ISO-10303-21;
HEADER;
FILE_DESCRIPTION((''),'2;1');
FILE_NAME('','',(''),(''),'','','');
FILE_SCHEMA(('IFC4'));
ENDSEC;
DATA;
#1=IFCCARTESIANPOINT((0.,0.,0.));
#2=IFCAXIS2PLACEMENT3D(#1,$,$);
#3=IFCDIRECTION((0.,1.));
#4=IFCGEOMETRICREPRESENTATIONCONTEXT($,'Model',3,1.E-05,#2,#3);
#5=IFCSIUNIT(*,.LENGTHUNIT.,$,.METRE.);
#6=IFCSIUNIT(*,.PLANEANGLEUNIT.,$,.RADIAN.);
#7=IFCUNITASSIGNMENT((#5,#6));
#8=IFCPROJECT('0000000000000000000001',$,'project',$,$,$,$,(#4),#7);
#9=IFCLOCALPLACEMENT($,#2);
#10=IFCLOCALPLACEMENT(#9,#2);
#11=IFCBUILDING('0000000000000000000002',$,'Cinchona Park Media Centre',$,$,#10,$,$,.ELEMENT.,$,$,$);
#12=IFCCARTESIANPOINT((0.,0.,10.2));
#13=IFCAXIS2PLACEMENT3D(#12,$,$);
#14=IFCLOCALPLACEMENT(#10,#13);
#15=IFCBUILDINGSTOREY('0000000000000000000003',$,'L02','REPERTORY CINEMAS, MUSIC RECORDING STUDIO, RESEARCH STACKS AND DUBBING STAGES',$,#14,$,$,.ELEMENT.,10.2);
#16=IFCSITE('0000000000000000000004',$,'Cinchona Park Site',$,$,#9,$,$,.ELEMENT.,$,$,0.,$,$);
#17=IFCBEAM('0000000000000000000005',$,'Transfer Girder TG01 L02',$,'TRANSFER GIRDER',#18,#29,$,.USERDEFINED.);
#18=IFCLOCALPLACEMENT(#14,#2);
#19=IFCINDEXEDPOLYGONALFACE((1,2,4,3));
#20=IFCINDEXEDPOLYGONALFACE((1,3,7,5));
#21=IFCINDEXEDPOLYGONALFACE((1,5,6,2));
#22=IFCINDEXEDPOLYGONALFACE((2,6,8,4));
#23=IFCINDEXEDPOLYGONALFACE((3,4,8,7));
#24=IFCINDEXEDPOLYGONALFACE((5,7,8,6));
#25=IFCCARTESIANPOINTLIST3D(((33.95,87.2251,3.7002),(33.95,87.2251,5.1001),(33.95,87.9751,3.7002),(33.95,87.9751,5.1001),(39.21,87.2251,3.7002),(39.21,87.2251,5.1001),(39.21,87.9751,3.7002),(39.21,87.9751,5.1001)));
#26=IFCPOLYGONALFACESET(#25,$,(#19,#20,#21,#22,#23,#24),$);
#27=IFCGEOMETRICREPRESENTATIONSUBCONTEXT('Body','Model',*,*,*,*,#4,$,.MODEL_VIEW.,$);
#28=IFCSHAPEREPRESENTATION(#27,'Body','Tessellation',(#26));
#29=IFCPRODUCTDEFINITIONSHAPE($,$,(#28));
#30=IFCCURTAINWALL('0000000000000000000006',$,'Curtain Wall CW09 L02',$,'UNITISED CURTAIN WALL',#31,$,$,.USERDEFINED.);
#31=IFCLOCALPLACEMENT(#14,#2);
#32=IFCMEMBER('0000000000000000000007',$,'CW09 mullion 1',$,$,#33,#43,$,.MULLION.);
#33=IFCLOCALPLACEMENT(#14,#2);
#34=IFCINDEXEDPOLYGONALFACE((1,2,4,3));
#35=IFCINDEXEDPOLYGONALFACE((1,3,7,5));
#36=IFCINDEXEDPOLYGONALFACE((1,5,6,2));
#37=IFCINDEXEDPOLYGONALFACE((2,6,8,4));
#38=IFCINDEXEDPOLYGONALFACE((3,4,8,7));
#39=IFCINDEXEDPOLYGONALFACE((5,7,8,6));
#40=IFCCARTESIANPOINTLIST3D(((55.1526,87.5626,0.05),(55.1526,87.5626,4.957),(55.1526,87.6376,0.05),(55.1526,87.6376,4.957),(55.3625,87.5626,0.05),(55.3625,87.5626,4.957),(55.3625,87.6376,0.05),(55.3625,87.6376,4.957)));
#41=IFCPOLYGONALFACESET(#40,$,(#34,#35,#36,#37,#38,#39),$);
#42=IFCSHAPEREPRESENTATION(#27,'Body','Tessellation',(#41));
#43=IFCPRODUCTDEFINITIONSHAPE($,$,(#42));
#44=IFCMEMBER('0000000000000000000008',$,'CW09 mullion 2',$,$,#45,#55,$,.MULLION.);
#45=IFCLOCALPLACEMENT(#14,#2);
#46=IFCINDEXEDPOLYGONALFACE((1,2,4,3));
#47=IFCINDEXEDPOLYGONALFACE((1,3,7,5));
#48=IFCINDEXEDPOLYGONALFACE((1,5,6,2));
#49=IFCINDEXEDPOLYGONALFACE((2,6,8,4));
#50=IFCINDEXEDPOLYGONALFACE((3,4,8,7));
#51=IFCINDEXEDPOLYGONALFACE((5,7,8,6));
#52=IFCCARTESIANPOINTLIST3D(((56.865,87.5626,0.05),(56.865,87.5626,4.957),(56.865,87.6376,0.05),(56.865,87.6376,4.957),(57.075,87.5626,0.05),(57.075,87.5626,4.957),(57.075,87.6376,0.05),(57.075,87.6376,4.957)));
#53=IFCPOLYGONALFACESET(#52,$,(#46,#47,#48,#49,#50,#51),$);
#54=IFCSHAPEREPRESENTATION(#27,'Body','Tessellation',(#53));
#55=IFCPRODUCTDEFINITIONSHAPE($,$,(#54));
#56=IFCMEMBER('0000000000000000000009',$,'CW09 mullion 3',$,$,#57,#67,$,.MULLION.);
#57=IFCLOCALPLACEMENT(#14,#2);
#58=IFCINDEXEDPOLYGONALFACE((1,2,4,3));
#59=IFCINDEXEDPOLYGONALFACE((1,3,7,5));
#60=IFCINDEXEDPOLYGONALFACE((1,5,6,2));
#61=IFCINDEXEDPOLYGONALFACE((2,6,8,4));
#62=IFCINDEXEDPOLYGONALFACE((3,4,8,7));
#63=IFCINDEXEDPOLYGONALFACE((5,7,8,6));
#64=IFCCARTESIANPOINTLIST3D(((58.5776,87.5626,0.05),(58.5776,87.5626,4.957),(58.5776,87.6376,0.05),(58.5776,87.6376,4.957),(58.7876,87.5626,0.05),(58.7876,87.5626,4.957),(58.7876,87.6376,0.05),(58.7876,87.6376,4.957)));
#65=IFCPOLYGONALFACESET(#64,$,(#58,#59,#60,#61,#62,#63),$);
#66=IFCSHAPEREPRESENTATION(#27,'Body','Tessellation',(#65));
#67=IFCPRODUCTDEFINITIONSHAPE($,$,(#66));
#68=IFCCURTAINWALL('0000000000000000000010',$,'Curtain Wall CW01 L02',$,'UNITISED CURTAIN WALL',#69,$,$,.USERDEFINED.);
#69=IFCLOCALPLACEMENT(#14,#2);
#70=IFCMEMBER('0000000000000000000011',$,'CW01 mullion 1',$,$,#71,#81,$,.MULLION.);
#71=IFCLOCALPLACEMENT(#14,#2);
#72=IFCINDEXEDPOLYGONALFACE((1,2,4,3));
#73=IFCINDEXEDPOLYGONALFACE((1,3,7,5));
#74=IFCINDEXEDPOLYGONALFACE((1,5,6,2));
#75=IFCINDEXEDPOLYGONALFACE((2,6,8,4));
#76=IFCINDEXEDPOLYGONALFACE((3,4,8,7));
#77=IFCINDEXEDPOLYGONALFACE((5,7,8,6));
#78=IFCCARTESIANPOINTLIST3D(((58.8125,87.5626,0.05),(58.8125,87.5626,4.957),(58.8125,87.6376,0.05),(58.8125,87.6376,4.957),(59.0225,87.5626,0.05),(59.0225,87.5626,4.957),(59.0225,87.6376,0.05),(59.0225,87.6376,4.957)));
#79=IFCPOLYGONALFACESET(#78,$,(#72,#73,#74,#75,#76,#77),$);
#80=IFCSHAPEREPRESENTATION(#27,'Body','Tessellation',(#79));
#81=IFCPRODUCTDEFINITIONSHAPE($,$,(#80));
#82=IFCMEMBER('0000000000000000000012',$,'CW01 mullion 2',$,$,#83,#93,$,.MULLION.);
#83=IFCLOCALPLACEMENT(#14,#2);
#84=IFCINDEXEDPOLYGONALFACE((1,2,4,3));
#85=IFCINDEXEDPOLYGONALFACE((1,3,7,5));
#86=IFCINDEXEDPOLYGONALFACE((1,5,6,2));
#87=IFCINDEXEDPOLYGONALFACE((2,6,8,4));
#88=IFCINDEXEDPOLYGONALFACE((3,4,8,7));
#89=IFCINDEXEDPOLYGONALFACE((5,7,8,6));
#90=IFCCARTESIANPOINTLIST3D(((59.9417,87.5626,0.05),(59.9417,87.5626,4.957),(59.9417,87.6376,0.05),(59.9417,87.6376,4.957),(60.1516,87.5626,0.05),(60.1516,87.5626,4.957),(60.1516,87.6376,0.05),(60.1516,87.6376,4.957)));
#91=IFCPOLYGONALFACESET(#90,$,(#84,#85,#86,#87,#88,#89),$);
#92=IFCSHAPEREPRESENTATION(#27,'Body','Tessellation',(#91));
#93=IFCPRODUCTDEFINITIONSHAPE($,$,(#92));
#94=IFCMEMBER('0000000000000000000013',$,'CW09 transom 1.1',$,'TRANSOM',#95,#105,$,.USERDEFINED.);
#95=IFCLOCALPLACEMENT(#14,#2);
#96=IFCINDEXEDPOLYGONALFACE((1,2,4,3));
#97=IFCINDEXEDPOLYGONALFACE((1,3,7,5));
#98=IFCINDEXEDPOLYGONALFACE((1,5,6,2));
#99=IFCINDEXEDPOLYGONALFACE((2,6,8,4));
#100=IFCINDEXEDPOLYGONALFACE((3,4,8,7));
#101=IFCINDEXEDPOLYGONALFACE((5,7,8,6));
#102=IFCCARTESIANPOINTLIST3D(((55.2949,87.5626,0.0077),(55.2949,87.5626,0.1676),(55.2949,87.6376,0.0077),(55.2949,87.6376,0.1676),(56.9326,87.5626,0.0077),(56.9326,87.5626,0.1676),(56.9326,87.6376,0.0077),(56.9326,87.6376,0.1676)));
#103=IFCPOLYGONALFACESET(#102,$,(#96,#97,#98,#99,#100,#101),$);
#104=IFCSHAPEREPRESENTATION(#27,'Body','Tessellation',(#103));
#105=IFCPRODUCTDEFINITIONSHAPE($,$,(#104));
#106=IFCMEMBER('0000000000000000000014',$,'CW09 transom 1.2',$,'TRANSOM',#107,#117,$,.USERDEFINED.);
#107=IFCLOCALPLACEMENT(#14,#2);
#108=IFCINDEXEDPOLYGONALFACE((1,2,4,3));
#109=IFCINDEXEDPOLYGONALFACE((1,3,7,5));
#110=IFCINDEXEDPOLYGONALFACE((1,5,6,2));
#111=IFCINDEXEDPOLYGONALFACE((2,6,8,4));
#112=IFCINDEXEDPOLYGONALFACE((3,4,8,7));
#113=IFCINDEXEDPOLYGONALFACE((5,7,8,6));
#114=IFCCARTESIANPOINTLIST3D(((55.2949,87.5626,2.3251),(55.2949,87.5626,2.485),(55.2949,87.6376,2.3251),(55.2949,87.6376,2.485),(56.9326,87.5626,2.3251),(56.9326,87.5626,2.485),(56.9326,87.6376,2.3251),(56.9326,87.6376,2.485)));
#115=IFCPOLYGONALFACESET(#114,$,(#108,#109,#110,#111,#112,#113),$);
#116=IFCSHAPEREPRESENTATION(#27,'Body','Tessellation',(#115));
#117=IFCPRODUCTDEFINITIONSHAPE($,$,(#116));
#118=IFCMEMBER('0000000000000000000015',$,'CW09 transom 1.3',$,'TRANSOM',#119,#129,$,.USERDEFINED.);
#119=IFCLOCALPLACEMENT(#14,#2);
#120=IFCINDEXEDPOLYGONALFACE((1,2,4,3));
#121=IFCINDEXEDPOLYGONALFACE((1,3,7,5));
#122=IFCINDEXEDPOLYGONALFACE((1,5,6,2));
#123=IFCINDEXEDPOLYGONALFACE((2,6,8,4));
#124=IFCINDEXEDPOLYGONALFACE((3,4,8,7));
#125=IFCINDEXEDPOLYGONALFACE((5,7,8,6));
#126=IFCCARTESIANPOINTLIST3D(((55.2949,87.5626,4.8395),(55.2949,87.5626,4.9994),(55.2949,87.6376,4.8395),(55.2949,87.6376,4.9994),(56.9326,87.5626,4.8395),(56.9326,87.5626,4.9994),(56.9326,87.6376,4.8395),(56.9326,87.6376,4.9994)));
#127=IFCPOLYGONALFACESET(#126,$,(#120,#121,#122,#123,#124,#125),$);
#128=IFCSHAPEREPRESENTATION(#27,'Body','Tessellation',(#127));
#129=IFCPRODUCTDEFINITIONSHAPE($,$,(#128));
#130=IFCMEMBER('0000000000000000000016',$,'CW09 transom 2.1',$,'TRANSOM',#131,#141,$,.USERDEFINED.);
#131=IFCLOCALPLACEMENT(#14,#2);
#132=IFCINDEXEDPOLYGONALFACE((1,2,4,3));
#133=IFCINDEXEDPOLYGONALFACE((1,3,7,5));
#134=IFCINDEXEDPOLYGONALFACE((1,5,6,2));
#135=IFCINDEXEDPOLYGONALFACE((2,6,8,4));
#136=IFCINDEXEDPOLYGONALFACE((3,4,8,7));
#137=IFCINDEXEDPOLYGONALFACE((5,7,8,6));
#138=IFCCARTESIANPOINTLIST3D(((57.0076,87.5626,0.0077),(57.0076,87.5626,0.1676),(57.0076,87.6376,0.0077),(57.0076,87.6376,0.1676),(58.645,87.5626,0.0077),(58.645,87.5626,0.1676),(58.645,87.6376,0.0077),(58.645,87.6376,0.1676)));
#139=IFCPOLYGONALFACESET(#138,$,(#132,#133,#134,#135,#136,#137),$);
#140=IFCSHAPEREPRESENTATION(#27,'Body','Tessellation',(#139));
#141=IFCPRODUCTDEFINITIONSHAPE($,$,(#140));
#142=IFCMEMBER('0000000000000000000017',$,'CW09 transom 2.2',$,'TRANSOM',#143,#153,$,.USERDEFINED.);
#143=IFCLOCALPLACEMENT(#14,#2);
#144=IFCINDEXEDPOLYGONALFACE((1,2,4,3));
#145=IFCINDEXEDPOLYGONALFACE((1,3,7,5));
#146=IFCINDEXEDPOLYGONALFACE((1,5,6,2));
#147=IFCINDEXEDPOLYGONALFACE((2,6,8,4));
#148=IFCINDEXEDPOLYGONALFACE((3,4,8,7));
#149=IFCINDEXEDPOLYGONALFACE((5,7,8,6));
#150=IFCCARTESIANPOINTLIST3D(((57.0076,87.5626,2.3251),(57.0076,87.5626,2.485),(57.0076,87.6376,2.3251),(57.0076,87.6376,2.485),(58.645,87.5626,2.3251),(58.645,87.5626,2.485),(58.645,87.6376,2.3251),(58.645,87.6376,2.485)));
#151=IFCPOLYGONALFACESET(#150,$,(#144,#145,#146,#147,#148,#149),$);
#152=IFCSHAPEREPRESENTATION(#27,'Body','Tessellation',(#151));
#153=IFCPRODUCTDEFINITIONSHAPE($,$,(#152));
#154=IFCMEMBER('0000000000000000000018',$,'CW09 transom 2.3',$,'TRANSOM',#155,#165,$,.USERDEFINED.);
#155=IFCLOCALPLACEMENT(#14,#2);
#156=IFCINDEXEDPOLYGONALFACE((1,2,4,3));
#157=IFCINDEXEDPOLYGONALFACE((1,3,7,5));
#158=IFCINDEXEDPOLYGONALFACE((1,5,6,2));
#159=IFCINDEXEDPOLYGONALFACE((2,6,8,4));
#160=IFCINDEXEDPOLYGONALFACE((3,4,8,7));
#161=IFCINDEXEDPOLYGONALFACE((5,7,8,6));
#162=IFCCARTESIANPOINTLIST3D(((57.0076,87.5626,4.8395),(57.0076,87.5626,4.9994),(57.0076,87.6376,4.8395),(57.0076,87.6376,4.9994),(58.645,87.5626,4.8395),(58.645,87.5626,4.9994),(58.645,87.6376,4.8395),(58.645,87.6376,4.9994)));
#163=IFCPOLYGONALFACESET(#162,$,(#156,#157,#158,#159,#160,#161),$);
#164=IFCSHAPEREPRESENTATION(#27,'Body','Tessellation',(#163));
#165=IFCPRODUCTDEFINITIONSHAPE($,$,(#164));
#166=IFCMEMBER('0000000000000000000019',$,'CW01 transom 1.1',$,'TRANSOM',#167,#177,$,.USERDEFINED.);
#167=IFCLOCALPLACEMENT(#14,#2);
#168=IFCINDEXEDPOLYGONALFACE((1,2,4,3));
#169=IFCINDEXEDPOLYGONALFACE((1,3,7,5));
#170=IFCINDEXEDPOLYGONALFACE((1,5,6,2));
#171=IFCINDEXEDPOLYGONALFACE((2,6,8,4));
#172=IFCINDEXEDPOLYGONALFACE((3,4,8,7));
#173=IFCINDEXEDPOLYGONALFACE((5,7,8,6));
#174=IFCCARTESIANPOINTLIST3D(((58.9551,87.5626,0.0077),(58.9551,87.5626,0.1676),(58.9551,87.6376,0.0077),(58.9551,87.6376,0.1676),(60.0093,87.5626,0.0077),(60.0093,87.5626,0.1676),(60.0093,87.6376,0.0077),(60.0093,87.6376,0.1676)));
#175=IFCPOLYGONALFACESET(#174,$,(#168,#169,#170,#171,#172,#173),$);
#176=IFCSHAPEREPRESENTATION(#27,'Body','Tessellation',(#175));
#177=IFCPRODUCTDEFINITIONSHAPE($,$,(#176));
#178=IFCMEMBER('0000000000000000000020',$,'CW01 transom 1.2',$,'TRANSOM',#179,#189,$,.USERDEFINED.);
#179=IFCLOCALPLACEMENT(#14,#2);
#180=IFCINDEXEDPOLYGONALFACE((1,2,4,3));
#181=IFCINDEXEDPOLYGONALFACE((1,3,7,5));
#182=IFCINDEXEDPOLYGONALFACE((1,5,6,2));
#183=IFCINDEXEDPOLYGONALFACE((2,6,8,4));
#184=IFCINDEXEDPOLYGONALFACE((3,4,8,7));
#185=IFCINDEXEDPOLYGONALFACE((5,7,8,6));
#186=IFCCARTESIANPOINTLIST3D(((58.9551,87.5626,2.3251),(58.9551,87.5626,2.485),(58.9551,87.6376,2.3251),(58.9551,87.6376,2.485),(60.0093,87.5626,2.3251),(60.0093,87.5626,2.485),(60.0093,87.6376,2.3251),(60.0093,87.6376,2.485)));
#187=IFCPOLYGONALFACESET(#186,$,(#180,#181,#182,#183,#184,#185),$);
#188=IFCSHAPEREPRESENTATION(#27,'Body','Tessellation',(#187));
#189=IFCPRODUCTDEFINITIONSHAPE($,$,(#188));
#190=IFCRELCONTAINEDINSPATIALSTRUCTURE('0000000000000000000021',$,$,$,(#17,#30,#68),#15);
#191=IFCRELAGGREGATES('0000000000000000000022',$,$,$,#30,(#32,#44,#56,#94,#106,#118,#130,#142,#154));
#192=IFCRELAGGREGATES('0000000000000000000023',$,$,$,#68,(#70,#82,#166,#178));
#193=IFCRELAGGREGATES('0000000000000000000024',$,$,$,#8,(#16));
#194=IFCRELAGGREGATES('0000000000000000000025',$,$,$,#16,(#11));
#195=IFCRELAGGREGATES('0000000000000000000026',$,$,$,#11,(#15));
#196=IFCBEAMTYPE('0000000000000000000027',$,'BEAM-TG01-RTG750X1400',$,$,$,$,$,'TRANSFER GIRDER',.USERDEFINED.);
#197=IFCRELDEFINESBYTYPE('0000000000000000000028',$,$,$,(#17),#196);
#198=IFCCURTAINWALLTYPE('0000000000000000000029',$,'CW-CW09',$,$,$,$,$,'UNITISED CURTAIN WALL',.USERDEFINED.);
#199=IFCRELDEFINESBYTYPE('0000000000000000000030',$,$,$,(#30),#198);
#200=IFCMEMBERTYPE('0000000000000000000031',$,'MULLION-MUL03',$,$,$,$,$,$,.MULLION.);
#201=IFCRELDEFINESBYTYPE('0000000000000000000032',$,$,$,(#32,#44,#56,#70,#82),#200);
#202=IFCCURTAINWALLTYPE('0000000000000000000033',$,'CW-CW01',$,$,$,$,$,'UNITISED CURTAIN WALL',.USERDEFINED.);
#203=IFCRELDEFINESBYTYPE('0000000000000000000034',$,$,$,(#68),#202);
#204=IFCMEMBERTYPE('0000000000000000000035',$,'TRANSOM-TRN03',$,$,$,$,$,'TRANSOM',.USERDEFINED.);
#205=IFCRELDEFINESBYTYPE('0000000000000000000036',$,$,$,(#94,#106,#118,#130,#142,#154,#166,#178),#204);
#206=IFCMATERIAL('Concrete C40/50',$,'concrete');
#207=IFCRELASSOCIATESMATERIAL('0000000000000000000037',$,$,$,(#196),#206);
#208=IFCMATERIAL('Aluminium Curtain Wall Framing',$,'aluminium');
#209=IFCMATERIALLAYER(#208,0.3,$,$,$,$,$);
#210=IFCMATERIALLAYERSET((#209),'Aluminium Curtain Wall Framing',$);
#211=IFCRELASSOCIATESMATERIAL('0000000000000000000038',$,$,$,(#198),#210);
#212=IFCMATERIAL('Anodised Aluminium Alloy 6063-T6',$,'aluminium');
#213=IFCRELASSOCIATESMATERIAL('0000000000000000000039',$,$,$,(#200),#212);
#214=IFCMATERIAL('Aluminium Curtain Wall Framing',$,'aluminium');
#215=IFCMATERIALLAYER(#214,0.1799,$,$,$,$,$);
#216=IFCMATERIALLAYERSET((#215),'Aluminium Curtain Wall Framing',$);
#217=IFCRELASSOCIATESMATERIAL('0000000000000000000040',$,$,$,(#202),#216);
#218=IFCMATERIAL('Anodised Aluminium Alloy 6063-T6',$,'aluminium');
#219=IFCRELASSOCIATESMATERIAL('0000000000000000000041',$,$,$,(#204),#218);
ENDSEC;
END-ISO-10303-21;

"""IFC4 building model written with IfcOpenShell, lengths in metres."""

from ifc_helpers import new_model, si_unit, direction, frame, origin, origin_2d, place, context, subcontext, project, spatial, rectangle, extrude, material, layer, layer_set, material_profile, profile_set, type_object, element, aggregate, save


model = new_model("IFC4")

# Units and contexts
model_context = context("Model", 3, precision=1e-05, world=origin(), true_north=direction((0.0, 1.0)))
body_context = subcontext(model_context, "Body", "Model", "MODEL_VIEW")
ifc_project = project(units=[si_unit("LENGTHUNIT", "METRE"), si_unit("PLANEANGLEUNIT", "RADIAN")], contexts=[model_context])

# Site, building, storey
site_placement = place(None, origin())
site = spatial("IfcSite", under=ifc_project, at=site_placement, Name="Cinchona Park Site", CompositionType="ELEMENT", RefElevation=0.0)
building_placement = place(site_placement, origin())
building = spatial("IfcBuilding", under=site, at=building_placement, Name="Cinchona Park Media Centre", CompositionType="ELEMENT")
storey_placement = place(building_placement, frame((0.0, 0.0, 10.2)))
storey = spatial("IfcBuildingStorey", under=building, at=storey_placement, Name="L02", Description="REPERTORY CINEMAS, MUSIC RECORDING STUDIO, RESEARCH STACKS AND DUBBING STAGES", CompositionType="ELEMENT", Elevation=10.2)

# Beam
ifc_material_1 = material(Name="Concrete C40/50", Category="concrete")
ifc_material_profile_1 = material_profile(ifc_material_1, rectangle(XDim=0.75, YDim=1.3999, at=origin_2d()), Name="RTG 750X1400")
ifc_profile_set_1 = profile_set([ifc_material_profile_1], Name="Concrete C40/50")
beam_type_1 = type_object("IfcBeamType", Name="BEAM-TG01-RTG750X1400", ElementType="TRANSFER GIRDER", PredefinedType="USERDEFINED", material=ifc_profile_set_1)
for number, where, z_axis, x_axis, name in (
    (1, (33.95, 87.6001, 4.4001), (1.0, 0.0, 0.0), (0.0, 1.0, 0.0), "Transfer Girder TG01 L02"),
):
    element("IfcBeam", number, at=place(storey_placement, frame(where, z_axis=z_axis, x_axis=x_axis)), inside=storey, type_object=beam_type_1, Name=name, ObjectType="TRANSFER GIRDER", PredefinedType="USERDEFINED", context=body_context, shape_type="SweptSolid", body=[
        extrude(rectangle(XDim=0.75, YDim=1.3999, at=origin_2d()), origin(), (0.0, 0.0, 1.0), 5.26),
    ])

# Curtain walls, members
ifc_material_2 = material(Name="Aluminium Curtain Wall Framing", Category="aluminium")
ifc_layer_1 = layer(ifc_material_2, 0.3)
ifc_layer_set_1 = layer_set([ifc_layer_1], Name="Aluminium Curtain Wall Framing")
curtain_wall_type_1 = type_object("IfcCurtainWallType", Name="CW-CW09", ElementType="UNITISED CURTAIN WALL", PredefinedType="USERDEFINED", material=ifc_layer_set_1)
curtain_wall_1_placement = place(storey_placement, origin())
curtain_wall_1 = element("IfcCurtainWall", 2, at=curtain_wall_1_placement, inside=storey, type_object=curtain_wall_type_1, Name="Curtain Wall CW09 L02", ObjectType="UNITISED CURTAIN WALL", PredefinedType="USERDEFINED")
ifc_material_3 = material(Name="Anodised Aluminium Alloy 6063-T6", Category="aluminium")
ifc_material_profile_2 = material_profile(ifc_material_3, rectangle(XDim=0.075, YDim=0.21, at=origin_2d()), Name="MUL-75X210")
ifc_profile_set_2 = profile_set([ifc_material_profile_2], Name="Anodised Aluminium Alloy 6063-T6")
member_type_1 = type_object("IfcMemberType", Name="MULLION-MUL03", PredefinedType="MULLION", material=ifc_profile_set_2)
member_1_placement = place(storey_placement, frame((55.2576, 87.6001, 0.05), z_axis=(0.0, 0.0, 1.0), x_axis=(0.0, 1.0, 0.0)))
member_1 = element("IfcMember", 3, at=member_1_placement, type_object=member_type_1, Name="CW09 mullion 1", PredefinedType="MULLION", context=body_context, shape_type="SweptSolid", body=[
    extrude(rectangle(XDim=0.075, YDim=0.21, at=origin_2d()), origin(), (0.0, 0.0, 1.0), 4.907),
])
member_2_placement = place(storey_placement, frame((56.97, 87.6001, 0.05), z_axis=(0.0, 0.0, 1.0), x_axis=(0.0, 1.0, 0.0)))
member_2 = element("IfcMember", 4, at=member_2_placement, type_object=member_type_1, Name="CW09 mullion 2", PredefinedType="MULLION", context=body_context, shape_type="SweptSolid", body=[
    extrude(rectangle(XDim=0.075, YDim=0.21, at=origin_2d()), origin(), (0.0, 0.0, 1.0), 4.907),
])
member_3_placement = place(storey_placement, frame((58.6826, 87.6001, 0.05), z_axis=(0.0, 0.0, 1.0), x_axis=(0.0, 1.0, 0.0)))
member_3 = element("IfcMember", 5, at=member_3_placement, type_object=member_type_1, Name="CW09 mullion 3", PredefinedType="MULLION", context=body_context, shape_type="SweptSolid", body=[
    extrude(rectangle(XDim=0.075, YDim=0.21, at=origin_2d()), origin(), (0.0, 0.0, 1.0), 4.907),
])
ifc_material_4 = material(Name="Aluminium Curtain Wall Framing", Category="aluminium")
ifc_layer_2 = layer(ifc_material_4, 0.1799)
ifc_layer_set_2 = layer_set([ifc_layer_2], Name="Aluminium Curtain Wall Framing")
curtain_wall_type_2 = type_object("IfcCurtainWallType", Name="CW-CW01", ElementType="UNITISED CURTAIN WALL", PredefinedType="USERDEFINED", material=ifc_layer_set_2)
curtain_wall_2_placement = place(storey_placement, origin())
curtain_wall_2 = element("IfcCurtainWall", 6, at=curtain_wall_2_placement, inside=storey, type_object=curtain_wall_type_2, Name="Curtain Wall CW01 L02", ObjectType="UNITISED CURTAIN WALL", PredefinedType="USERDEFINED")
member_4_placement = place(storey_placement, frame((58.9175, 87.6001, 0.05), z_axis=(0.0, 0.0, 1.0), x_axis=(0.0, 1.0, 0.0)))
member_4 = element("IfcMember", 7, at=member_4_placement, type_object=member_type_1, Name="CW01 mullion 1", PredefinedType="MULLION", context=body_context, shape_type="SweptSolid", body=[
    extrude(rectangle(XDim=0.075, YDim=0.21, at=origin_2d()), origin(), (0.0, 0.0, 1.0), 4.907),
])
member_5_placement = place(storey_placement, frame((60.0466, 87.6001, 0.05), z_axis=(0.0, 0.0, 1.0), x_axis=(0.0, 1.0, 0.0)))
member_5 = element("IfcMember", 8, at=member_5_placement, type_object=member_type_1, Name="CW01 mullion 2", PredefinedType="MULLION", context=body_context, shape_type="SweptSolid", body=[
    extrude(rectangle(XDim=0.075, YDim=0.21, at=origin_2d()), origin(), (0.0, 0.0, 1.0), 4.907),
])

# Members
ifc_material_5 = material(Name="Anodised Aluminium Alloy 6063-T6", Category="aluminium")
ifc_material_profile_3 = material_profile(ifc_material_5, rectangle(XDim=0.075, YDim=0.1599, at=origin_2d()), Name="TRN-75X160")
ifc_profile_set_3 = profile_set([ifc_material_profile_3], Name="Anodised Aluminium Alloy 6063-T6")
member_type_2 = type_object("IfcMemberType", Name="TRANSOM-TRN03", ElementType="TRANSOM", PredefinedType="USERDEFINED", material=ifc_profile_set_3)
member_6_placement = place(storey_placement, frame((55.2949, 87.6001, 0.0876), z_axis=(1.0, 0.0, 0.0), x_axis=(0.0, 1.0, 0.0)))
member_6 = element("IfcMember", 9, at=member_6_placement, type_object=member_type_2, Name="CW09 transom 1.1", ObjectType="TRANSOM", PredefinedType="USERDEFINED", context=body_context, shape_type="SweptSolid", body=[
    extrude(rectangle(XDim=0.075, YDim=0.1599, at=origin_2d()), origin(), (0.0, 0.0, 1.0), 1.6377),
])
member_7_placement = place(storey_placement, frame((55.2949, 87.6001, 2.405), z_axis=(1.0, 0.0, 0.0), x_axis=(0.0, 1.0, 0.0)))
member_7 = element("IfcMember", 10, at=member_7_placement, type_object=member_type_2, Name="CW09 transom 1.2", ObjectType="TRANSOM", PredefinedType="USERDEFINED", context=body_context, shape_type="SweptSolid", body=[
    extrude(rectangle(XDim=0.075, YDim=0.1599, at=origin_2d()), origin(), (0.0, 0.0, 1.0), 1.6377),
])
member_8_placement = place(storey_placement, frame((55.2949, 87.6001, 4.9194), z_axis=(1.0, 0.0, 0.0), x_axis=(0.0, 1.0, 0.0)))
member_8 = element("IfcMember", 11, at=member_8_placement, type_object=member_type_2, Name="CW09 transom 1.3", ObjectType="TRANSOM", PredefinedType="USERDEFINED", context=body_context, shape_type="SweptSolid", body=[
    extrude(rectangle(XDim=0.075, YDim=0.1599, at=origin_2d()), origin(), (0.0, 0.0, 1.0), 1.6377),
])
member_9_placement = place(storey_placement, frame((57.0076, 87.6001, 0.0876), z_axis=(1.0, 0.0, 0.0), x_axis=(0.0, 1.0, 0.0)))
member_9 = element("IfcMember", 12, at=member_9_placement, type_object=member_type_2, Name="CW09 transom 2.1", ObjectType="TRANSOM", PredefinedType="USERDEFINED", context=body_context, shape_type="SweptSolid", body=[
    extrude(rectangle(XDim=0.075, YDim=0.1599, at=origin_2d()), origin(), (0.0, 0.0, 1.0), 1.6375),
])
member_10_placement = place(storey_placement, frame((57.0076, 87.6001, 2.405), z_axis=(1.0, 0.0, 0.0), x_axis=(0.0, 1.0, 0.0)))
member_10 = element("IfcMember", 13, at=member_10_placement, type_object=member_type_2, Name="CW09 transom 2.2", ObjectType="TRANSOM", PredefinedType="USERDEFINED", context=body_context, shape_type="SweptSolid", body=[
    extrude(rectangle(XDim=0.075, YDim=0.1599, at=origin_2d()), origin(), (0.0, 0.0, 1.0), 1.6375),
])
member_11_placement = place(storey_placement, frame((57.0076, 87.6001, 4.9194), z_axis=(1.0, 0.0, 0.0), x_axis=(0.0, 1.0, 0.0)))
member_11 = element("IfcMember", 14, at=member_11_placement, type_object=member_type_2, Name="CW09 transom 2.3", ObjectType="TRANSOM", PredefinedType="USERDEFINED", context=body_context, shape_type="SweptSolid", body=[
    extrude(rectangle(XDim=0.075, YDim=0.1599, at=origin_2d()), origin(), (0.0, 0.0, 1.0), 1.6375),
])
member_12_placement = place(storey_placement, frame((58.9551, 87.6001, 0.0876), z_axis=(1.0, 0.0, 0.0), x_axis=(0.0, 1.0, 0.0)))
member_12 = element("IfcMember", 15, at=member_12_placement, type_object=member_type_2, Name="CW01 transom 1.1", ObjectType="TRANSOM", PredefinedType="USERDEFINED", context=body_context, shape_type="SweptSolid", body=[
    extrude(rectangle(XDim=0.075, YDim=0.1599, at=origin_2d()), origin(), (0.0, 0.0, 1.0), 1.0542),
])
member_13_placement = place(storey_placement, frame((58.9551, 87.6001, 2.405), z_axis=(1.0, 0.0, 0.0), x_axis=(0.0, 1.0, 0.0)))
member_13 = element("IfcMember", 16, at=member_13_placement, type_object=member_type_2, Name="CW01 transom 1.2", ObjectType="TRANSOM", PredefinedType="USERDEFINED", context=body_context, shape_type="SweptSolid", body=[
    extrude(rectangle(XDim=0.075, YDim=0.1599, at=origin_2d()), origin(), (0.0, 0.0, 1.0), 1.0542),
])

aggregate(curtain_wall_1, [member_1, member_2, member_3, member_6, member_7, member_8, member_9, member_10, member_11])
aggregate(curtain_wall_2, [member_4, member_5, member_12, member_13])

save(model, "model.ifc")
